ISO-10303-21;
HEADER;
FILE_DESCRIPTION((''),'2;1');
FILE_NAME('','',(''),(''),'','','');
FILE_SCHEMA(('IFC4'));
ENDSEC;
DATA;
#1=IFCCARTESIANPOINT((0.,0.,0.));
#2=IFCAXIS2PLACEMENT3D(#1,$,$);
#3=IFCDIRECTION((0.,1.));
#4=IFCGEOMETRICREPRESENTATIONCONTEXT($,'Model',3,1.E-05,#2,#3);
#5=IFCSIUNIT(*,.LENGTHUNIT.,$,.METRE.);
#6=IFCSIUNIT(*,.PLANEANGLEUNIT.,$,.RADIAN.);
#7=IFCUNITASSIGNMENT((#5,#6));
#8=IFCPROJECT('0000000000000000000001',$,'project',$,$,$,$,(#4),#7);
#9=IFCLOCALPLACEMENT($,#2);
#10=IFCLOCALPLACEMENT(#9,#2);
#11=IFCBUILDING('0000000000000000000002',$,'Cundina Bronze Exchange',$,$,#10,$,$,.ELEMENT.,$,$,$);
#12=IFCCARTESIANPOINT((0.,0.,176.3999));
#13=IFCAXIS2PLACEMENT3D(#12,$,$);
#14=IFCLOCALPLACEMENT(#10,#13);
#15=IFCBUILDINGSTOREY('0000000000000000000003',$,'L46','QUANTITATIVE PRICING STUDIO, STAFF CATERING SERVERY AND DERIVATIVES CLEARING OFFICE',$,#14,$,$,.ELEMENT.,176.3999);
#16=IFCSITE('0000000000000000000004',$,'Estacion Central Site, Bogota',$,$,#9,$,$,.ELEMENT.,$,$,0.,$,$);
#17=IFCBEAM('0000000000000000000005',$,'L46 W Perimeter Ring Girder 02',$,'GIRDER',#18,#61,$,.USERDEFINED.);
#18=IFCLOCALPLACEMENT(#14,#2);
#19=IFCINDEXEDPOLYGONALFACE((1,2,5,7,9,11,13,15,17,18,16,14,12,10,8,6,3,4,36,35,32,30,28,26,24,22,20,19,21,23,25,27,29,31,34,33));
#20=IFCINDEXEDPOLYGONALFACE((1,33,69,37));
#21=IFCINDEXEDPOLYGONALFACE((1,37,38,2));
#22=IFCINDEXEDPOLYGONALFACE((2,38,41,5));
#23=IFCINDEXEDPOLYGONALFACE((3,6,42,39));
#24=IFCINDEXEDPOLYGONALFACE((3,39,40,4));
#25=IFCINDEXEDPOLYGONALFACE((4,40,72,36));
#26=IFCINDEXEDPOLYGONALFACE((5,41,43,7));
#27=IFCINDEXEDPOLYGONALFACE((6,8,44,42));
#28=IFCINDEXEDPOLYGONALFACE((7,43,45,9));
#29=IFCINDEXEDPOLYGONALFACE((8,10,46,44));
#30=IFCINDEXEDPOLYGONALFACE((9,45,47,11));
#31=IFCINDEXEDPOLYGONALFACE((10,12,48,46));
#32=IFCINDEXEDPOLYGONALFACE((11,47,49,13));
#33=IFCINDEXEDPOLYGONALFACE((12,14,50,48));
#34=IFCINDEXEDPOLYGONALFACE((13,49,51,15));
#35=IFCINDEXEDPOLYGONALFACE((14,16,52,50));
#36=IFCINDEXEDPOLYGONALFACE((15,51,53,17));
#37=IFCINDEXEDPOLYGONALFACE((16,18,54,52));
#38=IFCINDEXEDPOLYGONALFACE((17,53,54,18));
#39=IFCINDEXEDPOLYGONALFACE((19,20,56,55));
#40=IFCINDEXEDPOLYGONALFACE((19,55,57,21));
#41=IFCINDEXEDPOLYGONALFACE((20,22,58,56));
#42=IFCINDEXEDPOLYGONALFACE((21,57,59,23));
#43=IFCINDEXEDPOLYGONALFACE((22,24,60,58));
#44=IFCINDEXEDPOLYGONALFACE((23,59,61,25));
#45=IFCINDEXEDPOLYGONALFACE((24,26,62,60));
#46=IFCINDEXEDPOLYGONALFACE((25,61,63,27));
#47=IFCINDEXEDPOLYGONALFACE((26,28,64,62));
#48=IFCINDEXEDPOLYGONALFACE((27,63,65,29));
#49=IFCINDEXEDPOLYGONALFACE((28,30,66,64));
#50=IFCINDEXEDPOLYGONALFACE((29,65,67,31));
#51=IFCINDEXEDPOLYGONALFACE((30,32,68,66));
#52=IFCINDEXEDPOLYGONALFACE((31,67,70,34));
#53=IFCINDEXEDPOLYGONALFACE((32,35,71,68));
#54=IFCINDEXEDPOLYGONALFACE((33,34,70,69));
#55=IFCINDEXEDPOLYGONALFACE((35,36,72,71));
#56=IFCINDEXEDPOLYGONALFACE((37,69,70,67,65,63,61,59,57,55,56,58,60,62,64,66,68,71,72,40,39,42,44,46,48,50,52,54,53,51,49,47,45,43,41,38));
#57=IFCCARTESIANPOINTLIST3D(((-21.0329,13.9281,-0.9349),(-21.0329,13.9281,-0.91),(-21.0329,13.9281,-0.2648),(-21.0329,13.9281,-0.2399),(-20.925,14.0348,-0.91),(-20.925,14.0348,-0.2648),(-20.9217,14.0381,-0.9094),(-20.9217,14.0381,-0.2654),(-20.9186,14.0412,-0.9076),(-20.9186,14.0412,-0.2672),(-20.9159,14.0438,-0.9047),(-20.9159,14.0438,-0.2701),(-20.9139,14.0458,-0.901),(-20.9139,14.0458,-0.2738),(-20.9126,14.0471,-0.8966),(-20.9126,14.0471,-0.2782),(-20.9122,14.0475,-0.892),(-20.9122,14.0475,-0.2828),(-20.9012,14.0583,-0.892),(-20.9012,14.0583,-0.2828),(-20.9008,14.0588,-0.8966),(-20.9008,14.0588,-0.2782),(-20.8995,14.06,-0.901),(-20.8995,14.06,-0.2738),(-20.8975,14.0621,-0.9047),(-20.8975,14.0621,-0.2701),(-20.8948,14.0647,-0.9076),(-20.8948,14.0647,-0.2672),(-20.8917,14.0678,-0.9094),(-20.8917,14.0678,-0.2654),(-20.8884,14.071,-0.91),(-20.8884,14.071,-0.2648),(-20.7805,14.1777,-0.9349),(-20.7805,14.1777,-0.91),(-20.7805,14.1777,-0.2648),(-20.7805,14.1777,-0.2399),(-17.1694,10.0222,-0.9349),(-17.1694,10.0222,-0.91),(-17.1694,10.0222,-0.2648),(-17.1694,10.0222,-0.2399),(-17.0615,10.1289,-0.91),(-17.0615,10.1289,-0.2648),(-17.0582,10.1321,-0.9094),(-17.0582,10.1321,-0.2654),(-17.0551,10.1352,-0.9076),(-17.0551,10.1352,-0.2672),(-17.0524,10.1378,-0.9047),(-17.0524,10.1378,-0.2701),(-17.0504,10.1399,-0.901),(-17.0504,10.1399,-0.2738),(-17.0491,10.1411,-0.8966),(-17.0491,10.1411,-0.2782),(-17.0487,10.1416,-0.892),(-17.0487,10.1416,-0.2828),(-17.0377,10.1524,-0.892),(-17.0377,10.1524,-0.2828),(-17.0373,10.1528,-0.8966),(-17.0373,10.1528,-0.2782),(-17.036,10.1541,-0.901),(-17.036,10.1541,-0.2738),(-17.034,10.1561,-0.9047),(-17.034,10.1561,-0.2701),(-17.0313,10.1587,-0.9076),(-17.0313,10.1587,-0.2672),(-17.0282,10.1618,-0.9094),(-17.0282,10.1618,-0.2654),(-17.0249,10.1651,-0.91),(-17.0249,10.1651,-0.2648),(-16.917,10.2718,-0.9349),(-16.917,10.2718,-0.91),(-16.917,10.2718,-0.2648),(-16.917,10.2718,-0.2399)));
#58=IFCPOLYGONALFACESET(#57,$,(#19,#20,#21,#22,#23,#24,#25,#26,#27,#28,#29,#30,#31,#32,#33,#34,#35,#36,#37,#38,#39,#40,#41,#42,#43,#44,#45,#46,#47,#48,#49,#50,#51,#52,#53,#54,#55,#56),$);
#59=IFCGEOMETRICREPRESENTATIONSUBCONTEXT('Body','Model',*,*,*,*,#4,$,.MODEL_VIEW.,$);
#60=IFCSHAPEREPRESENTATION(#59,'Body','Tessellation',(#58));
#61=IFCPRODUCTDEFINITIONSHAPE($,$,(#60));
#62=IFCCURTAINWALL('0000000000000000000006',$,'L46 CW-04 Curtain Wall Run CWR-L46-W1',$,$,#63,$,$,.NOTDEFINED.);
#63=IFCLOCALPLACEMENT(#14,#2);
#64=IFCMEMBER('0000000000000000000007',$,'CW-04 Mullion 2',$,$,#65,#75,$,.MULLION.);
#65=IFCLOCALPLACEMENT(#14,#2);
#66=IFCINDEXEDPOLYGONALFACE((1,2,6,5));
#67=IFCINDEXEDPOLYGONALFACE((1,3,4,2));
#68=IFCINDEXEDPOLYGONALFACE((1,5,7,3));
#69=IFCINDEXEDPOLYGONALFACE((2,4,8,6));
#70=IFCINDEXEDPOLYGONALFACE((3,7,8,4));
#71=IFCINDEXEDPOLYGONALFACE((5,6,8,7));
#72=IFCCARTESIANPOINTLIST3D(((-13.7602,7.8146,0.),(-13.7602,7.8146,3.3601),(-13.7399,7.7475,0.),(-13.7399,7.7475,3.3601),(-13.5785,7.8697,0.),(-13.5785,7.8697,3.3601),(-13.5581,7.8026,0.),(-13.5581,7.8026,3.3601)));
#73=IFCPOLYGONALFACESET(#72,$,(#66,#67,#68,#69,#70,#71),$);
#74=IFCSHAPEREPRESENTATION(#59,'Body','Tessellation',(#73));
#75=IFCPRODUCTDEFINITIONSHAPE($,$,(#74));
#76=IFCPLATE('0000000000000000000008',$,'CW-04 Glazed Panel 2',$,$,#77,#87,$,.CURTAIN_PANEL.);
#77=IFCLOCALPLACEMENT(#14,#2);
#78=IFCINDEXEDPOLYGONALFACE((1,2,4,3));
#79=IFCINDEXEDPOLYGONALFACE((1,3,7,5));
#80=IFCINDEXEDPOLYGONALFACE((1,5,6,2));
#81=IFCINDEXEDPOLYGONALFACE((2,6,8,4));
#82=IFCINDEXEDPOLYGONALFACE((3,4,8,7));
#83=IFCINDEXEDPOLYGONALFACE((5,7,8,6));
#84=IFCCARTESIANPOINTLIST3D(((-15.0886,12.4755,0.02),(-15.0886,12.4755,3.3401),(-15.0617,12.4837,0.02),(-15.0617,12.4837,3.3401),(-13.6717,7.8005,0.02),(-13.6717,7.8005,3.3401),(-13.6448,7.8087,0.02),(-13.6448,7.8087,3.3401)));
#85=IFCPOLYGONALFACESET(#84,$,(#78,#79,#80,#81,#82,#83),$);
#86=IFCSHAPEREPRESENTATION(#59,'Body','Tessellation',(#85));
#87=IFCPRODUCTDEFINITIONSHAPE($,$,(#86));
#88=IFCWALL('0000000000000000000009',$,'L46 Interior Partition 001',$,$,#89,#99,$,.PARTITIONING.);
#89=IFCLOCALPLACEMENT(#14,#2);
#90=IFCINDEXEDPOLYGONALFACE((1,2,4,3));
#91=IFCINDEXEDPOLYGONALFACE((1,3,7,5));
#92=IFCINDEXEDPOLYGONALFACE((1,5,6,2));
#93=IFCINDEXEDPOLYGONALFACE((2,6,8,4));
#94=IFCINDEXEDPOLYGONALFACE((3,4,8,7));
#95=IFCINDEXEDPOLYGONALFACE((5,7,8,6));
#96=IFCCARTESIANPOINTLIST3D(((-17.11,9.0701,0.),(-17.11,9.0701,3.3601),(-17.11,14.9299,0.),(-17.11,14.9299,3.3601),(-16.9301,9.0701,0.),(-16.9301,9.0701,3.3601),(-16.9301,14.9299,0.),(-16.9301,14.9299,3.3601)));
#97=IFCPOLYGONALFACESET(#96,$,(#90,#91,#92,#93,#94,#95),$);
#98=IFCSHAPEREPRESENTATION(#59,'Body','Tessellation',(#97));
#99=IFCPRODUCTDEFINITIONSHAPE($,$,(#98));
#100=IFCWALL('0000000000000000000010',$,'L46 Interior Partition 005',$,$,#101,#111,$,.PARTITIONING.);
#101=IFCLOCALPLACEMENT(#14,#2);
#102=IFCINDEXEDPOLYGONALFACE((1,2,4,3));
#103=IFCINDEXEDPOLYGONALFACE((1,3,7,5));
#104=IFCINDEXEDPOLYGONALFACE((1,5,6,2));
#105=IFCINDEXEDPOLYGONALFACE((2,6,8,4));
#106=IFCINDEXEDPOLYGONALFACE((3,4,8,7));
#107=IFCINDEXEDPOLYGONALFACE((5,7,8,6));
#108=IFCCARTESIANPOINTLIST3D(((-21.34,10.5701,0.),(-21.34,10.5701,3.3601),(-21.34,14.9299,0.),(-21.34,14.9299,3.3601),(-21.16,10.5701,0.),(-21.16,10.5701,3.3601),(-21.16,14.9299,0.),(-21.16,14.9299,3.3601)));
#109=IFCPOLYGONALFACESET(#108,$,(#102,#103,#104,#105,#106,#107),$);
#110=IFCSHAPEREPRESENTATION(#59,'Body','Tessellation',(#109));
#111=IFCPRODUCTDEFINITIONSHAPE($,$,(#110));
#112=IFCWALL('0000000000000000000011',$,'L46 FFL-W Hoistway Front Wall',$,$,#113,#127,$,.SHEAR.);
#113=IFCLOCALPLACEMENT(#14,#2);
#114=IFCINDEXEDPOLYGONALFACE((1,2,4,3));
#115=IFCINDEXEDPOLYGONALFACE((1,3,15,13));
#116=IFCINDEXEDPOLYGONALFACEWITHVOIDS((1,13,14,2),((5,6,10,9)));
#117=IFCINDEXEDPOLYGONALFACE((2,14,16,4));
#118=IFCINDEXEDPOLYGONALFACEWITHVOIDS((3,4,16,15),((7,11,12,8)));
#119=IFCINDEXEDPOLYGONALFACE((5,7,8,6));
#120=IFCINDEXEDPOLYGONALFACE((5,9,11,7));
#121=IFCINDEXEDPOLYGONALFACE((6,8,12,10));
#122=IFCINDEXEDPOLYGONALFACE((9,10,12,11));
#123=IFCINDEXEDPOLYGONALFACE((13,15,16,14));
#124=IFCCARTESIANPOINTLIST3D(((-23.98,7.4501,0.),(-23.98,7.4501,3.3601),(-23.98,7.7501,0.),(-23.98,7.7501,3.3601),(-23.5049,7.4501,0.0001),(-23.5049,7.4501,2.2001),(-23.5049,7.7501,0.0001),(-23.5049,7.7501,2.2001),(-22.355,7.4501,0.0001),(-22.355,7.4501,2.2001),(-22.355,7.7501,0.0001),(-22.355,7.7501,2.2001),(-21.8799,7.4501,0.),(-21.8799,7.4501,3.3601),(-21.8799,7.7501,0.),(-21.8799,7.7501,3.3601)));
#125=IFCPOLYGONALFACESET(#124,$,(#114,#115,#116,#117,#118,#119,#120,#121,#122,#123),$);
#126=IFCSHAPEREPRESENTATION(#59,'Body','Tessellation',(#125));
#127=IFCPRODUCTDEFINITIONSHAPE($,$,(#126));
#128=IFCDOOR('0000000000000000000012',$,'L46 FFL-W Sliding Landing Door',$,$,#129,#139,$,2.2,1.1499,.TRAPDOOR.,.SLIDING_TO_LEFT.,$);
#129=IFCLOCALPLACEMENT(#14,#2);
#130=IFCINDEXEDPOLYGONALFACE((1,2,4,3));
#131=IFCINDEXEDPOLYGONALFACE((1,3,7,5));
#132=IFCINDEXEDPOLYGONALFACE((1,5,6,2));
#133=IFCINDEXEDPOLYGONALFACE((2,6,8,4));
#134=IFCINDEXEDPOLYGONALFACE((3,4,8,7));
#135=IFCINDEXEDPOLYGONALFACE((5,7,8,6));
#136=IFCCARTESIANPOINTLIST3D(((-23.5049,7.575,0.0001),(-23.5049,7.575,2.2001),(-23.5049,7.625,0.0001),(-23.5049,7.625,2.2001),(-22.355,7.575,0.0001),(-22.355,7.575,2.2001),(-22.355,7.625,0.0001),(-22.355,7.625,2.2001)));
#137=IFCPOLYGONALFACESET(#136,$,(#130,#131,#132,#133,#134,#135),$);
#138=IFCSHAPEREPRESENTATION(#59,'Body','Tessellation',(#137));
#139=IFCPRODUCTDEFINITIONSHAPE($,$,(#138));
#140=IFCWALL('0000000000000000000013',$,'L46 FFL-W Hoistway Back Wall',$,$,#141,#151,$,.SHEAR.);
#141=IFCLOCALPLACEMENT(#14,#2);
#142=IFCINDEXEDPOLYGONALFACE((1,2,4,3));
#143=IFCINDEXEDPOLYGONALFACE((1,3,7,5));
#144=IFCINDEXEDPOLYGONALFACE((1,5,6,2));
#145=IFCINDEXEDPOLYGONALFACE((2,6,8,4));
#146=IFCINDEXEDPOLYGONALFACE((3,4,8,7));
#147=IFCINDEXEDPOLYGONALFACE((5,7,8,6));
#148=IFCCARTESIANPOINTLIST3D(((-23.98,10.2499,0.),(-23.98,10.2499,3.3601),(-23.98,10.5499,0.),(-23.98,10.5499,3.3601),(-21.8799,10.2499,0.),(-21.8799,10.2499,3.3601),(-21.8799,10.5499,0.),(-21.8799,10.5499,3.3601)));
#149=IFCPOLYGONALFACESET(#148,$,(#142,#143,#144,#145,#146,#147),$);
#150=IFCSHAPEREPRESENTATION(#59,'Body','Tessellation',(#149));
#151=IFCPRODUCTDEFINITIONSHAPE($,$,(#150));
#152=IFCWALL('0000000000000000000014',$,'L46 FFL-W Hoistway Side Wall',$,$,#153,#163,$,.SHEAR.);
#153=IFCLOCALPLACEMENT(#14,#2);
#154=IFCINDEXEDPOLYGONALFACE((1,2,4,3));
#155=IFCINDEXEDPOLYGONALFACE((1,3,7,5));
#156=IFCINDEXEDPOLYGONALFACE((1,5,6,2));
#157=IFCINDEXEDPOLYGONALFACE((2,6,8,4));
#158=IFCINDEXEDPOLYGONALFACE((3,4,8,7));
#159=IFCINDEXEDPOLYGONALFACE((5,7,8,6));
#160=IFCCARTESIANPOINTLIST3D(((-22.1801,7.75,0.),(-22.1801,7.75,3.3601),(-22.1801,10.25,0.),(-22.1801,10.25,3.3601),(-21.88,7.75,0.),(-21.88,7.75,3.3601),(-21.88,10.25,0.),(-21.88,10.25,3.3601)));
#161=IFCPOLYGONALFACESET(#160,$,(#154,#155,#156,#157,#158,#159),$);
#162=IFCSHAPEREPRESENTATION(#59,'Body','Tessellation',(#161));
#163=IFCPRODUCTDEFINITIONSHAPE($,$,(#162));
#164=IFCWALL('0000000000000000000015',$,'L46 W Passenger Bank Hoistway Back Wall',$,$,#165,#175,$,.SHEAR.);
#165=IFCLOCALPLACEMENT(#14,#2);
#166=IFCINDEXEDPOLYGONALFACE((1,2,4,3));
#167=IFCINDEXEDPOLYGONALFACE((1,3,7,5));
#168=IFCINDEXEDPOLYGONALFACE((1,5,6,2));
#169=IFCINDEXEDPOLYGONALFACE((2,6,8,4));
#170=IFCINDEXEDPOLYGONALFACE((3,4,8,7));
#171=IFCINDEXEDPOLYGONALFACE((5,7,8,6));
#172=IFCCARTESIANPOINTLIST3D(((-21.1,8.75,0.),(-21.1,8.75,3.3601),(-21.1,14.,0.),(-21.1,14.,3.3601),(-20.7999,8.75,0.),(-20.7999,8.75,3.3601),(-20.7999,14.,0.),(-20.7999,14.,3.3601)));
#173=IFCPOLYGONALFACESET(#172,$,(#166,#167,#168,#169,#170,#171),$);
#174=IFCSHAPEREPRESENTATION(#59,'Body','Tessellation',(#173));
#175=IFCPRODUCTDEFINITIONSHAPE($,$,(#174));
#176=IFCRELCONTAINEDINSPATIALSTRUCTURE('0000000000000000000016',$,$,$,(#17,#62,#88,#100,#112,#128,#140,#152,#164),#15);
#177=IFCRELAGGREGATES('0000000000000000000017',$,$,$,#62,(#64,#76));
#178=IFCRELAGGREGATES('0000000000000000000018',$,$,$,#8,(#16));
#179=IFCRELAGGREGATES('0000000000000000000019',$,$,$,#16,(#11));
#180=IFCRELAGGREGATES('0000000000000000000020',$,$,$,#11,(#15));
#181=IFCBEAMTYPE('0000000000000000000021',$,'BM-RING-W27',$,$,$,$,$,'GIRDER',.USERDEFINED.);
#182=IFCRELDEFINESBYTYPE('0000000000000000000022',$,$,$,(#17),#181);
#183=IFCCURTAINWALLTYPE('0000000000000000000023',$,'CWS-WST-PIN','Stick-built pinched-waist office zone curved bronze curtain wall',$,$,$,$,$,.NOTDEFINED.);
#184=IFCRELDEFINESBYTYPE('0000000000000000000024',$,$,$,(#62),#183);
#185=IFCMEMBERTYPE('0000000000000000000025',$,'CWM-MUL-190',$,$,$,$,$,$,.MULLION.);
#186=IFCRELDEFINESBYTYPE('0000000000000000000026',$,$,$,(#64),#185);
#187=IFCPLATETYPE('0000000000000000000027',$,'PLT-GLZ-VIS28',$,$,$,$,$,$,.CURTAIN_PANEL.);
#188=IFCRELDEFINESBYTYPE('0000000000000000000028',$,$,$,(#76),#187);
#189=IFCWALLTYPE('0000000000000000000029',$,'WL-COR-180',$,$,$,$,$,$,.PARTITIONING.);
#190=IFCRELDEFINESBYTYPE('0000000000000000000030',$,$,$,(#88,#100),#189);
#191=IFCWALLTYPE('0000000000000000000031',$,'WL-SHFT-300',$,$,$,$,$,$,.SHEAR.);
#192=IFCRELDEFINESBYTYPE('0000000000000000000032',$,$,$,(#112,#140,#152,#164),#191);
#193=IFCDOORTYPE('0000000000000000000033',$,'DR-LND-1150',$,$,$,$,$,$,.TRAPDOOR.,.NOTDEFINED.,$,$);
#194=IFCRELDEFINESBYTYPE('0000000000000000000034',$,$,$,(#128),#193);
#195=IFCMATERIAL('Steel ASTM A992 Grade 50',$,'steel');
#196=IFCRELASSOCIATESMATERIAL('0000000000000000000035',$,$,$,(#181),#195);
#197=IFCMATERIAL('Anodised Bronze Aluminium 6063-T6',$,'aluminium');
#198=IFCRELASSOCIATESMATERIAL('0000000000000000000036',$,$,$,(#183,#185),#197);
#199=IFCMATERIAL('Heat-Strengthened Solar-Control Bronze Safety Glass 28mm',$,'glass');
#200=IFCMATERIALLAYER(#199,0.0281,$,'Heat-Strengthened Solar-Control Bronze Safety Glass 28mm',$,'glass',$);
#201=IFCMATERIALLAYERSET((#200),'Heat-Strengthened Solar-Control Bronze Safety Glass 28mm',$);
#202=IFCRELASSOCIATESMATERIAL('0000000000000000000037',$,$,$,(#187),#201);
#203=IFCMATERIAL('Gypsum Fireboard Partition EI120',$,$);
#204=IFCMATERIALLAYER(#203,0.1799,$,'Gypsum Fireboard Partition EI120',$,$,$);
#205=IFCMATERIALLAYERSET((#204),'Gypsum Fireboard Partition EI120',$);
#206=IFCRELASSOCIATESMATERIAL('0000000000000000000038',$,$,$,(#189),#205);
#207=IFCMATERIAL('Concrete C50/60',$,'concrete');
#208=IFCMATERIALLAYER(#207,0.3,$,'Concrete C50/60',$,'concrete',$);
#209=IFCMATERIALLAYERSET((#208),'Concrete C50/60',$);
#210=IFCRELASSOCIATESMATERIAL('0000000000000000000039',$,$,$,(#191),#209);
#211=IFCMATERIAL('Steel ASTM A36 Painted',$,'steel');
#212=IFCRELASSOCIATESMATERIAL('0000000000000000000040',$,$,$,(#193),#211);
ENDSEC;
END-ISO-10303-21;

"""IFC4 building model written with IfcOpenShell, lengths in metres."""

from ifc_helpers import new_model, si_unit, direction, frame, frame_2d, origin, origin_2d, place, context, subcontext, project, spatial, rectangle, i_section, extrude, material, layer, layer_set, material_profile, profile_set, type_object, element, fill, aggregate, save


model = new_model("IFC4")

# Units and contexts
model_context = context("Model", 3, precision=1e-05, world=origin(), true_north=direction((0.0, 1.0)))
body_context = subcontext(model_context, "Body", "Model", "MODEL_VIEW")
ifc_project = project(units=[si_unit("LENGTHUNIT", "METRE"), si_unit("PLANEANGLEUNIT", "RADIAN")], contexts=[model_context])

# Site, building, storey
site_placement = place(None, origin())
site = spatial("IfcSite", under=ifc_project, at=site_placement, Name="Estacion Central Site, Bogota", CompositionType="ELEMENT", RefElevation=0.0)
building_placement = place(site_placement, origin())
building = spatial("IfcBuilding", under=site, at=building_placement, Name="Cundina Bronze Exchange", CompositionType="ELEMENT")
storey_placement = place(building_placement, frame((0.0, 0.0, 176.3999)))
storey = spatial("IfcBuildingStorey", under=building, at=storey_placement, Name="L46", Description="QUANTITATIVE PRICING STUDIO, STAFF CATERING SERVERY AND DERIVATIVES CLEARING OFFICE", CompositionType="ELEMENT", Elevation=176.3999)

# Shared definitions
ifc_material_1 = material(Name="Concrete C50/60", Category="concrete")

# Beam
ifc_material_2 = material(Name="Steel ASTM A992 Grade 50", Category="steel")
ifc_material_profile_1 = material_profile(ifc_material_2, i_section(OverallWidth=0.355, OverallDepth=0.6951, WebThickness=0.0154, FlangeThickness=0.0249, FilletRadius=0.0181, at=origin_2d()), Name="W27X146", Category="steel")
ifc_profile_set_1 = profile_set([ifc_material_profile_1], Name="Steel ASTM A992 Grade 50")
beam_type_1 = type_object("IfcBeamType", Name="BM-RING-W27", ElementType="GIRDER", PredefinedType="USERDEFINED", material=ifc_profile_set_1)
beam_1_placement = place(storey_placement, frame((-17.0432, 10.147, -0.5874), z_axis=(-0.70323, 0.710962, 0.0), x_axis=(-0.710962, -0.70323, 0.0)))
element("IfcBeam", 1, at=beam_1_placement, inside=storey, type_object=beam_type_1, Name="L46 W Perimeter Ring Girder 02", ObjectType="GIRDER", PredefinedType="USERDEFINED", context=body_context, shape_type="SweptSolid", body=[
    extrude(i_section(OverallWidth=0.355, OverallDepth=0.6951, WebThickness=0.0154, FlangeThickness=0.0249, FilletRadius=0.0181, at=origin_2d()), origin(), (0.0, 0.0, 1.0), 5.4939),
])

# Curtain wall, member, plate
ifc_material_3 = material(Name="Anodised Bronze Aluminium 6063-T6", Category="aluminium")
curtain_wall_type = type_object("IfcCurtainWallType", Name="CWS-WST-PIN", Description="Stick-built pinched-waist office zone curved bronze curtain wall", PredefinedType="NOTDEFINED", material=ifc_material_3)
curtain_wall_placement = place(storey_placement, origin())
curtain_wall = element("IfcCurtainWall", 2, at=curtain_wall_placement, inside=storey, type_object=curtain_wall_type, Name="L46 CW-04 Curtain Wall Run CWR-L46-W1", PredefinedType="NOTDEFINED")
ifc_material_profile_2 = material_profile(ifc_material_3, rectangle(XDim=0.0701, YDim=0.1899, at=origin_2d()), Name="AL70X190", Category="aluminium")
ifc_profile_set_2 = profile_set([ifc_material_profile_2], Name="Anodised Bronze Aluminium 6063-T6")
member_type = type_object("IfcMemberType", Name="CWM-MUL-190", PredefinedType="MULLION", material=ifc_profile_set_2)
member_placement = place(storey_placement, frame((-13.6592, 7.8086, 0.0), z_axis=(0.0, 0.0, 1.0), x_axis=(-0.290034, 0.957016, 0.0)))
member = element("IfcMember", 3, at=member_placement, type_object=member_type, Name="CW-04 Mullion 2", PredefinedType="MULLION", context=body_context, shape_type="SweptSolid", body=[
    extrude(rectangle(XDim=0.0701, YDim=0.1899, at=origin_2d()), origin(), (0.0, 0.0, 1.0), 3.3601),
])
ifc_material_4 = material(Name="Heat-Strengthened Solar-Control Bronze Safety Glass 28mm", Category="glass")
ifc_layer_1 = layer(ifc_material_4, 0.0281, Name="Heat-Strengthened Solar-Control Bronze Safety Glass 28mm", Category="glass")
ifc_layer_set_1 = layer_set([ifc_layer_1], Name="Heat-Strengthened Solar-Control Bronze Safety Glass 28mm")
plate_type = type_object("IfcPlateType", Name="PLT-GLZ-VIS28", PredefinedType="CURTAIN_PANEL", material=ifc_layer_set_1)
plate_placement = place(storey_placement, frame((-14.3667, 10.1421, 0.02), z_axis=(0.0, 0.0, 1.0), x_axis=(-0.290051, 0.957011, 0.0)))
plate = element("IfcPlate", 4, at=plate_placement, type_object=plate_type, Name="CW-04 Glazed Panel 2", PredefinedType="CURTAIN_PANEL", context=body_context, shape_type="SweptSolid", body=[
    extrude(rectangle(XDim=4.885, YDim=0.0281, at=origin_2d()), origin(), (0.0, 0.0, 1.0), 3.3201),
])
aggregate(curtain_wall, [member, plate])

# Walls
ifc_material_5 = material(Name="Gypsum Fireboard Partition EI120")
ifc_layer_2 = layer(ifc_material_5, 0.1799, Name="Gypsum Fireboard Partition EI120")
ifc_layer_set_2 = layer_set([ifc_layer_2], Name="Gypsum Fireboard Partition EI120")
wall_type_1 = type_object("IfcWallType", Name="WL-COR-180", PredefinedType="PARTITIONING", material=ifc_layer_set_2)
wall_1_placement = place(storey_placement, frame((-17.02, 9.0701, 0.0), z_axis=(0.0, 0.0, 1.0), x_axis=(0.0, 1.0, 0.0)))
element("IfcWall", 5, at=wall_1_placement, inside=storey, type_object=wall_type_1, Name="L46 Interior Partition 001", PredefinedType="PARTITIONING", context=body_context, shape_type="SweptSolid", body=[
    extrude(rectangle(XDim=5.8599, YDim=0.1799, at=frame_2d((2.9299, 0.0))), origin(), (0.0, 0.0, 1.0), 3.3601),
])
wall_2_placement = place(storey_placement, frame((-21.25, 10.5701, 0.0), z_axis=(0.0, 0.0, 1.0), x_axis=(0.0, 1.0, 0.0)))
element("IfcWall", 6, at=wall_2_placement, inside=storey, type_object=wall_type_1, Name="L46 Interior Partition 005", PredefinedType="PARTITIONING", context=body_context, shape_type="SweptSolid", body=[
    extrude(rectangle(XDim=4.3599, YDim=0.1799, at=frame_2d((2.1799, 0.0))), origin(), (0.0, 0.0, 1.0), 3.3601),
])

# Wall, opening, door
ifc_layer_3 = layer(ifc_material_1, 0.3, Name="Concrete C50/60", Category="concrete")
ifc_layer_set_3 = layer_set([ifc_layer_3], Name="Concrete C50/60")
wall_type_2 = type_object("IfcWallType", Name="WL-SHFT-300", PredefinedType="SHEAR", material=ifc_layer_set_3)
ifc_material_6 = material(Name="Steel ASTM A36 Painted", Category="steel")
wall_3_placement = place(storey_placement, frame((-23.98, 7.6001, 0.0), z_axis=(0.0, 0.0, 1.0), x_axis=(1.0, 0.0, 0.0)))
wall_3 = element("IfcWall", 7, at=wall_3_placement, inside=storey, type_object=wall_type_2, Name="L46 FFL-W Hoistway Front Wall", PredefinedType="SHEAR", context=body_context, shape_type="SweptSolid", body=[
    extrude(rectangle(XDim=2.1001, YDim=0.3, at=frame_2d((1.05, 0.0))), origin(), (0.0, 0.0, 1.0), 3.3601),
])
opening_1_placement = place(wall_3_placement, frame((0.4751, 0.0, 0.0)))
opening_1 = element("IfcOpeningElement", 8, at=opening_1_placement, cuts=wall_3, PredefinedType="OPENING", context=body_context, shape_type="SweptSolid", body=[
    extrude(rectangle(XDim=1.1499, YDim=2.2, at=frame_2d((0.575, 1.1001))), frame((0.0, 0.1599, 0.0), z_axis=(0.0, -1.0, 0.0), x_axis=(1.0, 0.0, 0.0)), (0.0, 0.0, 1.0), 0.3201),
])
door_type_1 = type_object("IfcDoorType", Name="DR-LND-1150", OperationType="NOTDEFINED", PredefinedType="TRAPDOOR", material=ifc_material_6)
door_1_placement = place(opening_1_placement, origin())
door_1 = element("IfcDoor", 9, at=door_1_placement, inside=storey, type_object=door_type_1, Name="L46 FFL-W Sliding Landing Door", OperationType="SLIDING_TO_LEFT", OverallHeight=2.2, OverallWidth=1.1499, PredefinedType="TRAPDOOR", context=body_context, shape_type="SweptSolid", body=[
    extrude(rectangle(XDim=1.1499, YDim=2.2, at=frame_2d((0.575, 1.1001))), frame((0.0, 0.0249, 0.0), z_axis=(0.0, -1.0, 0.0), x_axis=(1.0, 0.0, 0.0)), (0.0, 0.0, 1.0), 0.05),
])
fill(opening_1, door_1)

# Walls
wall_4_placement = place(storey_placement, frame((-23.98, 10.3999, 0.0), z_axis=(0.0, 0.0, 1.0), x_axis=(1.0, 0.0, 0.0)))
element("IfcWall", 10, at=wall_4_placement, inside=storey, type_object=wall_type_2, Name="L46 FFL-W Hoistway Back Wall", PredefinedType="SHEAR", context=body_context, shape_type="SweptSolid", body=[
    extrude(rectangle(XDim=2.1001, YDim=0.3, at=frame_2d((1.05, 0.0))), origin(), (0.0, 0.0, 1.0), 3.3601),
])
wall_5_placement = place(storey_placement, frame((-22.03, 7.75, 0.0), z_axis=(0.0, 0.0, 1.0), x_axis=(0.0, 1.0, 0.0)))
element("IfcWall", 11, at=wall_5_placement, inside=storey, type_object=wall_type_2, Name="L46 FFL-W Hoistway Side Wall", PredefinedType="SHEAR", context=body_context, shape_type="SweptSolid", body=[
    extrude(rectangle(XDim=2.5, YDim=0.3, at=frame_2d((1.25, 0.0))), origin(), (0.0, 0.0, 1.0), 3.3601),
])
wall_6_placement = place(storey_placement, frame((-20.95, 8.75, 0.0), z_axis=(0.0, 0.0, 1.0), x_axis=(0.0, 1.0, 0.0)))
element("IfcWall", 12, at=wall_6_placement, inside=storey, type_object=wall_type_2, Name="L46 W Passenger Bank Hoistway Back Wall", PredefinedType="SHEAR", context=body_context, shape_type="SweptSolid", body=[
    extrude(rectangle(XDim=5.25, YDim=0.3, at=frame_2d((2.625, 0.0))), origin(), (0.0, 0.0, 1.0), 3.3601),
])

save(model, "model.ifc")
